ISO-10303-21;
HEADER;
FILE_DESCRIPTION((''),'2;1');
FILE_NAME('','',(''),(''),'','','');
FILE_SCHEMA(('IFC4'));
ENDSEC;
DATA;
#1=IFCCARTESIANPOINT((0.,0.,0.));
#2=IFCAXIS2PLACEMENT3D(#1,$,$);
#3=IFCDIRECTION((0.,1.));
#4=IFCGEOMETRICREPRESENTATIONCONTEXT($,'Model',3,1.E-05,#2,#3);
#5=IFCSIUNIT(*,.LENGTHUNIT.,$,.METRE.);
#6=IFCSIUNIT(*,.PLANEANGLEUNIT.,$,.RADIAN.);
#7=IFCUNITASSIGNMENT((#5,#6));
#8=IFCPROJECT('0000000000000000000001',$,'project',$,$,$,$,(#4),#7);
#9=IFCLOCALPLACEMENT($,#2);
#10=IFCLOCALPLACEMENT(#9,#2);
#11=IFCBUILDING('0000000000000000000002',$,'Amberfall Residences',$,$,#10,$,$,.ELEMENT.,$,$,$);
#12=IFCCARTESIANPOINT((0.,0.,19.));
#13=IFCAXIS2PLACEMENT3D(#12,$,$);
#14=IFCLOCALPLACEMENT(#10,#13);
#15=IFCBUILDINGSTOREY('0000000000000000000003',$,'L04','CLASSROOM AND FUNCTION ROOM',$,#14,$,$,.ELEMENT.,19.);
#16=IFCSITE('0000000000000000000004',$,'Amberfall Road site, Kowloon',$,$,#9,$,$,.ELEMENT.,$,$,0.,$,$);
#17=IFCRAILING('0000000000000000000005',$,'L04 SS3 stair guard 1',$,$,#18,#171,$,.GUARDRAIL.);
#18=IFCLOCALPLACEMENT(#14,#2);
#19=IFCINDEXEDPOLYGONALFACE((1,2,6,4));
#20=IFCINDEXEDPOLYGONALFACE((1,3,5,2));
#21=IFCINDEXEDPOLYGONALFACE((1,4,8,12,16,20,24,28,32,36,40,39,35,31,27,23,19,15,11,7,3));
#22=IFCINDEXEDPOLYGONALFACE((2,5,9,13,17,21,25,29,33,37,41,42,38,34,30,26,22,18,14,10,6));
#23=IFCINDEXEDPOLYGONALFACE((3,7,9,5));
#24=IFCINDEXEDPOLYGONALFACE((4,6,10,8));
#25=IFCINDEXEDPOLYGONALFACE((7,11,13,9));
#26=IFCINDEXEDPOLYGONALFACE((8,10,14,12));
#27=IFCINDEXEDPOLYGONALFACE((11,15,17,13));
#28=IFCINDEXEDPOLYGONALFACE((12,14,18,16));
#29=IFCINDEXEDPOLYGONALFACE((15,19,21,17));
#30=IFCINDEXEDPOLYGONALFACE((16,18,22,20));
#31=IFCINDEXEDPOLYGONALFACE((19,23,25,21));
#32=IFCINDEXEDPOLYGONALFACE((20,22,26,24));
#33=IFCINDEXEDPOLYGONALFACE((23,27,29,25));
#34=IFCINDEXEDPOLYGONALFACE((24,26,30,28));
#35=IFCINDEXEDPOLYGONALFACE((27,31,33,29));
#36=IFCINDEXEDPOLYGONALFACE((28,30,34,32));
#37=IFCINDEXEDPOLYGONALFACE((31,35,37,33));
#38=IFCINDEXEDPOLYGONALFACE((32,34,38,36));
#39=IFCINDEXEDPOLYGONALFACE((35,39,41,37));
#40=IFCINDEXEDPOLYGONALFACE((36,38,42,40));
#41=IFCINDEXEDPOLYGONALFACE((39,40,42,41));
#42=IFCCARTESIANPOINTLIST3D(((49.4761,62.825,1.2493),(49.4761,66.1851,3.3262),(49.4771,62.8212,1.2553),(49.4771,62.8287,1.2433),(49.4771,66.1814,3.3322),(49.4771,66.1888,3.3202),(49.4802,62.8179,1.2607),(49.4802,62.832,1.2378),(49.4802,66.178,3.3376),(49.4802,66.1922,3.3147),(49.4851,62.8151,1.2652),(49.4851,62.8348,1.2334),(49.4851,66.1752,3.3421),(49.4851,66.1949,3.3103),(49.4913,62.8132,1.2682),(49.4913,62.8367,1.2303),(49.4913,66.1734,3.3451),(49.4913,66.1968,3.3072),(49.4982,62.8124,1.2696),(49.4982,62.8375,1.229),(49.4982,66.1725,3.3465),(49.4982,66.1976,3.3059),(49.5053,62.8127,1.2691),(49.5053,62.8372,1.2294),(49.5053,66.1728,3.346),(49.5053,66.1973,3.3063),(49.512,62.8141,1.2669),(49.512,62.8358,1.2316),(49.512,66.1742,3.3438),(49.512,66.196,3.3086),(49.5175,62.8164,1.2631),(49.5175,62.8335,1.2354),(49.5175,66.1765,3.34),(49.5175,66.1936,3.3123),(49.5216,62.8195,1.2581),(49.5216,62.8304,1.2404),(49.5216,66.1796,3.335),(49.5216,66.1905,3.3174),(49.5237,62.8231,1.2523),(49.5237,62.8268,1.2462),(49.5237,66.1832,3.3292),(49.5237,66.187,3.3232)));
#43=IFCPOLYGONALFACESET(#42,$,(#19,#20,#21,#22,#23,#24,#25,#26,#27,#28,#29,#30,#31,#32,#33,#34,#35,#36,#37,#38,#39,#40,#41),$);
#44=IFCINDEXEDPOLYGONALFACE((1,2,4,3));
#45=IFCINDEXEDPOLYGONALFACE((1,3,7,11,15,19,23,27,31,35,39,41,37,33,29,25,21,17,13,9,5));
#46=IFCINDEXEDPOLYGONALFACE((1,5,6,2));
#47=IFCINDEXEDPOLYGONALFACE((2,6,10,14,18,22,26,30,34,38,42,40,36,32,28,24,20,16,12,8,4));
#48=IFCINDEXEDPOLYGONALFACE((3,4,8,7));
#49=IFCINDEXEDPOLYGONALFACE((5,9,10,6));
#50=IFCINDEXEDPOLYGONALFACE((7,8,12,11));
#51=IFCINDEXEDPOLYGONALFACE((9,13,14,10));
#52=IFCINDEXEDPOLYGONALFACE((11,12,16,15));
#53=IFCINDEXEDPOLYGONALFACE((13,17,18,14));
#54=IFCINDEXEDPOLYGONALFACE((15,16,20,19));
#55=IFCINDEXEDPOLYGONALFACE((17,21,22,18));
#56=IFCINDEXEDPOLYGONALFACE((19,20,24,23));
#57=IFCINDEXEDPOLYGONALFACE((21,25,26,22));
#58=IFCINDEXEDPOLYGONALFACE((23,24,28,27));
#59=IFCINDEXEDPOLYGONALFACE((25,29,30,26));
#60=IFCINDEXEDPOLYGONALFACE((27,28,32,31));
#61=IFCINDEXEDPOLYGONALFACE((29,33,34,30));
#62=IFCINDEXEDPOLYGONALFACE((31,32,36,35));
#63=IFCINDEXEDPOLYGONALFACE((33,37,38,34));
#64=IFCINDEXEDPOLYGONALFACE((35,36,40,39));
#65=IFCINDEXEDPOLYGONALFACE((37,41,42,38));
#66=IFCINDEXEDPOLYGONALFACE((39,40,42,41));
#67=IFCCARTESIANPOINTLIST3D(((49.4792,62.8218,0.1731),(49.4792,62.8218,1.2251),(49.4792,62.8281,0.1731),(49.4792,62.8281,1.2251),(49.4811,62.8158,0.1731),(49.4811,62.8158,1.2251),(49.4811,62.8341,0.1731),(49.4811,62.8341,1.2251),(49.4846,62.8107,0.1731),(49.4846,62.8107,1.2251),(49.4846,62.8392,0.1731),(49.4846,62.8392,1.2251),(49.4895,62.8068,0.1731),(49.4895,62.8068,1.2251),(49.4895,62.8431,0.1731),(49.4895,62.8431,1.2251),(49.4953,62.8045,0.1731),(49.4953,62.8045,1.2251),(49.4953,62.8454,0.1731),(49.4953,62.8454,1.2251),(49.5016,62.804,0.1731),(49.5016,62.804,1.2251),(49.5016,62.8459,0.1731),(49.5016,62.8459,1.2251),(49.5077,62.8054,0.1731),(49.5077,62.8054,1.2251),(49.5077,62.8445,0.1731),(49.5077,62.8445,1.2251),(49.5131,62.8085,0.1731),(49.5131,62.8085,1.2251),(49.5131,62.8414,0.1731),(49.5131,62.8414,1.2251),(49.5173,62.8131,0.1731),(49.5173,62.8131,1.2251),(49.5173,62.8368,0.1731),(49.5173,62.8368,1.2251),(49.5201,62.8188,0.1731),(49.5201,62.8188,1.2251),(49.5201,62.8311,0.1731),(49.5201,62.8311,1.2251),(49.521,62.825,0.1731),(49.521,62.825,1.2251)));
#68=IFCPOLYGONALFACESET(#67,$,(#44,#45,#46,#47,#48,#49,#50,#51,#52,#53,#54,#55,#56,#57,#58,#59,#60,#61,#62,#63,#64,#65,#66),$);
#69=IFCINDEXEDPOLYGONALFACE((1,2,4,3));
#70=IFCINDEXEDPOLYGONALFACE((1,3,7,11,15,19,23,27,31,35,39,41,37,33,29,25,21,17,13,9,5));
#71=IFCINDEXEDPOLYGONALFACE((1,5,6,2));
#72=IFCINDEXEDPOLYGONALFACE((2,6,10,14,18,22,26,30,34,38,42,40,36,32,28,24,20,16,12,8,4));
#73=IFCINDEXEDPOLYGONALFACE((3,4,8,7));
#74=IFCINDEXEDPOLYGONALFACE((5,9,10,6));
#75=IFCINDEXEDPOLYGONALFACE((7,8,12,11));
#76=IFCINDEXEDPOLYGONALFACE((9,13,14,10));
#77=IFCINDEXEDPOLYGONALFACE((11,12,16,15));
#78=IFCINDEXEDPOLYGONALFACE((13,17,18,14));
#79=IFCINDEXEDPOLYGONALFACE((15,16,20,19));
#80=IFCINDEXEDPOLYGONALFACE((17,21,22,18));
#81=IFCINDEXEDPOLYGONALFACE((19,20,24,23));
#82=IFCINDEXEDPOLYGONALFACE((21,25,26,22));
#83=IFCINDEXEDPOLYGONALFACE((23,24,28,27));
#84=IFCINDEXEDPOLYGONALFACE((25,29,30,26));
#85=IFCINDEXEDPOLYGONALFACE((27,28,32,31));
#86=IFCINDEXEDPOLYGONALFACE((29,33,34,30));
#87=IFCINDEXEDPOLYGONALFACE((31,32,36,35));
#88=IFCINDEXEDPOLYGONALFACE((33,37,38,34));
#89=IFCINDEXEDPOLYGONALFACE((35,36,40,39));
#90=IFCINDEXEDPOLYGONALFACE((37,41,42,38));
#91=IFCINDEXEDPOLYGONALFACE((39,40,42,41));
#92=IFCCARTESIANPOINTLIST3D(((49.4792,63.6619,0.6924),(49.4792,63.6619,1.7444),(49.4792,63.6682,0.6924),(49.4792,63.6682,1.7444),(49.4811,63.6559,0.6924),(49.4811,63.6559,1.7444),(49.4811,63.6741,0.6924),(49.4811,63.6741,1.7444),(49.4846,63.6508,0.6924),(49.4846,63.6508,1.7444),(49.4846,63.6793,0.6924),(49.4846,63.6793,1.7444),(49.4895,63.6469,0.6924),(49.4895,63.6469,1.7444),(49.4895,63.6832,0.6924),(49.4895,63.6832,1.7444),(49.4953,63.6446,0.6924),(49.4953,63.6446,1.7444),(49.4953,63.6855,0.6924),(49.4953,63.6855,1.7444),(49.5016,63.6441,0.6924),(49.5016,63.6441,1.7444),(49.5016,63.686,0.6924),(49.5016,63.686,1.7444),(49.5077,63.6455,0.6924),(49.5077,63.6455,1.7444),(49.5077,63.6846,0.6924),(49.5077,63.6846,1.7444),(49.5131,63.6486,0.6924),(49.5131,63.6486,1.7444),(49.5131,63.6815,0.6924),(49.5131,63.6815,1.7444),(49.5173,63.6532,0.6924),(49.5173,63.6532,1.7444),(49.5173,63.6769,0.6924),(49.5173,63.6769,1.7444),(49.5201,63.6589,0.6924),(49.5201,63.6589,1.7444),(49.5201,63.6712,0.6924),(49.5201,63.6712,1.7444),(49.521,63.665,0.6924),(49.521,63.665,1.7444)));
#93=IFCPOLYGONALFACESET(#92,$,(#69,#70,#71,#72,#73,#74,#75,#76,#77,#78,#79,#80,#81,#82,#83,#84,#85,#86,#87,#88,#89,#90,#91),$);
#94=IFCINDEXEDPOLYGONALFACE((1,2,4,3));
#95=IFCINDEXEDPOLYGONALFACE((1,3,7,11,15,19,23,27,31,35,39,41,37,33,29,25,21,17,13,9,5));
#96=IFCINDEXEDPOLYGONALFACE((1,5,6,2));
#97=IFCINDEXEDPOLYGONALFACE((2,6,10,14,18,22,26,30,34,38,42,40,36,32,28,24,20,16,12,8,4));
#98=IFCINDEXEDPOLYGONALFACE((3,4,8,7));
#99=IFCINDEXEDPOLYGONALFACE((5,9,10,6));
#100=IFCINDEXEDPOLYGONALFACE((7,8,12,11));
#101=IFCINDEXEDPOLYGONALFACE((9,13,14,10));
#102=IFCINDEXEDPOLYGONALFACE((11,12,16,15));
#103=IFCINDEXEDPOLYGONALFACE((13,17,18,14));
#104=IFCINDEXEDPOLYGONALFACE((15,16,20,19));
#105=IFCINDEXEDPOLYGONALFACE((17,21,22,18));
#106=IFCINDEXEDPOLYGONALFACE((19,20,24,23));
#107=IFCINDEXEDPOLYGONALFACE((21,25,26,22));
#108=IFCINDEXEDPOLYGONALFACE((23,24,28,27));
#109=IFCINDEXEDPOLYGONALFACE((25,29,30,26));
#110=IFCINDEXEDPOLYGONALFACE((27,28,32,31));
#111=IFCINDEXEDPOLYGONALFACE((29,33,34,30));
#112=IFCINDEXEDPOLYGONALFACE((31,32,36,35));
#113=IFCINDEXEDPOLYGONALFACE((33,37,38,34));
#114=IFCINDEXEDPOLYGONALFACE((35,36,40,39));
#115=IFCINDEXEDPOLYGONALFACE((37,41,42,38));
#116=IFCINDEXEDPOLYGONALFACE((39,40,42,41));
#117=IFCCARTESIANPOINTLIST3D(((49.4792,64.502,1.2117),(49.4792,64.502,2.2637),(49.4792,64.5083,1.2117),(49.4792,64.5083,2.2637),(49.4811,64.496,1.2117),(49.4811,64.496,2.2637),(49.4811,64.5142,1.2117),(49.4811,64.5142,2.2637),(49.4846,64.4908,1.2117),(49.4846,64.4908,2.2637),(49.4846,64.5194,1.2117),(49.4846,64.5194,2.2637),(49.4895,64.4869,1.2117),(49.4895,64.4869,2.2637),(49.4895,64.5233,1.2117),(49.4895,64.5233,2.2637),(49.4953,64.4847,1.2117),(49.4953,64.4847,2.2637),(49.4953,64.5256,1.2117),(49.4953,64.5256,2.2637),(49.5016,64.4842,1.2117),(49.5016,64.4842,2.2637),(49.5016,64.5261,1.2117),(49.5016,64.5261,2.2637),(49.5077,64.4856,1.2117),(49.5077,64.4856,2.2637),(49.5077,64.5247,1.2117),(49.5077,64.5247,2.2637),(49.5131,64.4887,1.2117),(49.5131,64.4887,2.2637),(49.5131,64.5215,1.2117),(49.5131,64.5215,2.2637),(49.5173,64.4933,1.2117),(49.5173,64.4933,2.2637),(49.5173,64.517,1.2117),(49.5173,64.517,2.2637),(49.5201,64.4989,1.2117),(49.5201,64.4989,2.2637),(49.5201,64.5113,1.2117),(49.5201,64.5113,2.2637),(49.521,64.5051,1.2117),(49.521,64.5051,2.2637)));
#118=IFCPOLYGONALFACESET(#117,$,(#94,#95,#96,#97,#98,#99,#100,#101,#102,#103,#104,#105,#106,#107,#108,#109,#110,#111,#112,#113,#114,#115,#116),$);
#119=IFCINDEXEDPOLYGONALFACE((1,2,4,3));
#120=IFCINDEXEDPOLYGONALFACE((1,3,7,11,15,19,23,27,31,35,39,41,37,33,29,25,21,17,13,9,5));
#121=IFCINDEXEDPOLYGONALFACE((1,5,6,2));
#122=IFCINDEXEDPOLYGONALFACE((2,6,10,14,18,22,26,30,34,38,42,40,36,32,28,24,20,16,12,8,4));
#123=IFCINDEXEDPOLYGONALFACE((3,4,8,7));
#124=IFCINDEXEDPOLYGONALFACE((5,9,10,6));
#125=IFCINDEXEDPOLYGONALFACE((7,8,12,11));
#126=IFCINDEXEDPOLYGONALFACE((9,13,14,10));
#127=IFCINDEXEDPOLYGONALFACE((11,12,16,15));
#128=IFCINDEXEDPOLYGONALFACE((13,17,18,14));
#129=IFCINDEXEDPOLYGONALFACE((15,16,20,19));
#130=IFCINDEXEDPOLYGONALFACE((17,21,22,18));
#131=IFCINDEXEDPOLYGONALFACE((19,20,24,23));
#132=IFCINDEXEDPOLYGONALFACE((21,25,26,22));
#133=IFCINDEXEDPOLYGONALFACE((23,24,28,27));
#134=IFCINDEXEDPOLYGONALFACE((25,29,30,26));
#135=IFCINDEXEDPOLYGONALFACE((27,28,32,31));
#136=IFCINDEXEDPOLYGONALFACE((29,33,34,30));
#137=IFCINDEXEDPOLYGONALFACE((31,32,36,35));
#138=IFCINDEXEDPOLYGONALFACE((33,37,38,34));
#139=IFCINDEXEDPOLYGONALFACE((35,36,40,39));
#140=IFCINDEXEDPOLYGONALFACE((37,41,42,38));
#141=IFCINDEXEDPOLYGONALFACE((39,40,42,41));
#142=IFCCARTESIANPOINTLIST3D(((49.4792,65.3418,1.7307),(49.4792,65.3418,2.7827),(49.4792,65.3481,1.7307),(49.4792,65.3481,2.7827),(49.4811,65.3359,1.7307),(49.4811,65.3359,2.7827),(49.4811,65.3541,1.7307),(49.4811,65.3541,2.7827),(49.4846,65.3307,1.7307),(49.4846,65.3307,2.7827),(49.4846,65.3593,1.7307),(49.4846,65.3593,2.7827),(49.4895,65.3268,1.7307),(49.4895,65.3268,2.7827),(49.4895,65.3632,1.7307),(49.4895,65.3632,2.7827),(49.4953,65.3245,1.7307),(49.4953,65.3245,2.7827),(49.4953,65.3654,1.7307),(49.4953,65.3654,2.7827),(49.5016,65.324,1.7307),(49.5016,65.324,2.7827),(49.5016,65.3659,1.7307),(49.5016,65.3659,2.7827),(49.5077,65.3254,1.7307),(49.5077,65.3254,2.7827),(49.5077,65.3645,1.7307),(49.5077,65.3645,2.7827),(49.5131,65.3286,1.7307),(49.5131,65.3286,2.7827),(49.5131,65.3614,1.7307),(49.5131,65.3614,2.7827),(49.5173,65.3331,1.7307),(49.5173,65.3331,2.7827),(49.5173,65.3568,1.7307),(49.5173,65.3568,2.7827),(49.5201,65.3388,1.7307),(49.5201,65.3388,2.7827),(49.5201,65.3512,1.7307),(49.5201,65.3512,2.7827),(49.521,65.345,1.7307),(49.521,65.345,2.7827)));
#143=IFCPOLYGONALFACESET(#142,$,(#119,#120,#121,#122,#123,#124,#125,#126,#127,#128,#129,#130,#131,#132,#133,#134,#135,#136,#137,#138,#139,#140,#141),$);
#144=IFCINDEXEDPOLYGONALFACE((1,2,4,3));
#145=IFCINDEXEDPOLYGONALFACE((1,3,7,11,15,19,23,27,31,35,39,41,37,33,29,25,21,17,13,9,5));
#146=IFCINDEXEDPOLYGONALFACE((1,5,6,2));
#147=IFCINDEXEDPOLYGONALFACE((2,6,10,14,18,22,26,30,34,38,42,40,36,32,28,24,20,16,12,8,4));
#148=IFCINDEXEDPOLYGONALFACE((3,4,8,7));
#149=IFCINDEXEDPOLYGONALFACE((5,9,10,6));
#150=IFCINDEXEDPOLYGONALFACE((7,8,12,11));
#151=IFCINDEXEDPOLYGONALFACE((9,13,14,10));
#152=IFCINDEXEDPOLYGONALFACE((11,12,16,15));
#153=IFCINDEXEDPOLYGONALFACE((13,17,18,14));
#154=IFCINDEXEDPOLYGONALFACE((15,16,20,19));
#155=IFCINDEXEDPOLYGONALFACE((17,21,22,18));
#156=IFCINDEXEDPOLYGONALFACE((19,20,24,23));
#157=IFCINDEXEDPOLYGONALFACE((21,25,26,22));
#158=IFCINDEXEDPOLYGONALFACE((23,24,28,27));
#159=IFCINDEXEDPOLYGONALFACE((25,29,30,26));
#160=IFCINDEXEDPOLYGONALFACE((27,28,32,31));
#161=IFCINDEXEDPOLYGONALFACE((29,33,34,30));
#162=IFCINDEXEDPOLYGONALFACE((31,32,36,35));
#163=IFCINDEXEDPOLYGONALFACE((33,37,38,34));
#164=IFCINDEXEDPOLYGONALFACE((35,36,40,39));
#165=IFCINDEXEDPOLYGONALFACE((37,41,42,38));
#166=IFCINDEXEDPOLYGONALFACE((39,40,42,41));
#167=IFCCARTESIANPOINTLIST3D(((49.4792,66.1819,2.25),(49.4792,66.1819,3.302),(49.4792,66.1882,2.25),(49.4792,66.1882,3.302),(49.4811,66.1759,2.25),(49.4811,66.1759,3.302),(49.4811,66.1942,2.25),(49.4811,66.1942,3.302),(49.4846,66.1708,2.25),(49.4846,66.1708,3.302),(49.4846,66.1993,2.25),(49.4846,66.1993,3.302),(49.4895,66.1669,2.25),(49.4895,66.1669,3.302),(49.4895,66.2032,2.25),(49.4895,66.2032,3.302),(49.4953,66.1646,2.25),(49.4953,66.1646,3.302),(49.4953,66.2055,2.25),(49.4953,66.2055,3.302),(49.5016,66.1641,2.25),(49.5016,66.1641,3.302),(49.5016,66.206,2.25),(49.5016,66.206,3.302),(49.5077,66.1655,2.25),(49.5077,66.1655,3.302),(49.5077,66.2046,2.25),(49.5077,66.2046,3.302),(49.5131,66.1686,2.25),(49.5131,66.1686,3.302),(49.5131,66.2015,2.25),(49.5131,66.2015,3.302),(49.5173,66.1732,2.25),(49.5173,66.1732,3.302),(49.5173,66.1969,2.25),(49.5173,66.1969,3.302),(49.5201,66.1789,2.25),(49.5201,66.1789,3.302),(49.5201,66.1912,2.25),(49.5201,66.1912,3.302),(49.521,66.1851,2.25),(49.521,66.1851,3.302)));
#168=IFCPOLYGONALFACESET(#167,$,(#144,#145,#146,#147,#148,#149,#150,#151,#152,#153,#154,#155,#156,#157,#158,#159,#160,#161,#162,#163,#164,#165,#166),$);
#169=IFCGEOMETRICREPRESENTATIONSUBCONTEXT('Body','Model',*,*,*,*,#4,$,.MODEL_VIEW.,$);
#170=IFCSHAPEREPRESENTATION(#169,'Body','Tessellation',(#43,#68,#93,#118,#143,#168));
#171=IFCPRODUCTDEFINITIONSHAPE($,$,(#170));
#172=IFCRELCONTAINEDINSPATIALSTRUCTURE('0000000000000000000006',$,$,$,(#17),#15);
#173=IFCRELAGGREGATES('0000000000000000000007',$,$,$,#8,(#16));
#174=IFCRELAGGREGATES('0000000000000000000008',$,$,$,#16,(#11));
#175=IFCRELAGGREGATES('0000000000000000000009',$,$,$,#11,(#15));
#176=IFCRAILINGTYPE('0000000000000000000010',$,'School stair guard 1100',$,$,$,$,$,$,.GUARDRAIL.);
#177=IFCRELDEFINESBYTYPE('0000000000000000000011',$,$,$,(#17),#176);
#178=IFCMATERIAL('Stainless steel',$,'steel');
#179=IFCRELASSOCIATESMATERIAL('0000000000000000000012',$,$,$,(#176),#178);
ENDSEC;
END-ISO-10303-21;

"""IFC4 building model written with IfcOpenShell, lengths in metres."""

from ifc_helpers import new_model, si_unit, direction, frame, origin, origin_2d, place, context, subcontext, project, spatial, circle, extrude, material, type_object, element, save


model = new_model("IFC4")

# Units and contexts
model_context = context("Model", 3, precision=1e-05, world=origin(), true_north=direction((0.0, 1.0)))
body_context = subcontext(model_context, "Body", "Model", "MODEL_VIEW")
ifc_project = project(units=[si_unit("LENGTHUNIT", "METRE"), si_unit("PLANEANGLEUNIT", "RADIAN")], contexts=[model_context])

# Site, building, storey
site_placement = place(None, origin())
site = spatial("IfcSite", under=ifc_project, at=site_placement, Name="Amberfall Road site, Kowloon", CompositionType="ELEMENT", RefElevation=0.0)
building_placement = place(site_placement, origin())
building = spatial("IfcBuilding", under=site, at=building_placement, Name="Amberfall Residences", CompositionType="ELEMENT")
storey_placement = place(building_placement, frame((0.0, 0.0, 19.0)))
storey = spatial("IfcBuildingStorey", under=building, at=storey_placement, Name="L04", Description="CLASSROOM AND FUNCTION ROOM", CompositionType="ELEMENT", Elevation=19.0)

# Railing
ifc_material_1 = material(Name="Stainless steel", Category="steel")
railing_type_1 = type_object("IfcRailingType", Name="School stair guard 1100", PredefinedType="GUARDRAIL", material=ifc_material_1)
railing_1_placement = place(storey_placement, frame((49.5, 62.825, 0.1731)))
element("IfcRailing", 1, at=railing_1_placement, inside=storey, type_object=railing_type_1, Name="L04 SS3 stair guard 1", PredefinedType="GUARDRAIL", context=body_context, shape_type="SweptSolid", body=[
    extrude(circle(Radius=0.0239, at=origin_2d()), frame((0.0, 0.0, 1.0762), z_axis=(0.0, 0.850623, 0.525776), x_axis=(-1.0, 0.0, 0.0)), (0.0, 0.0, 1.0), 3.9502),
    extrude(circle(Radius=0.021, at=origin_2d()), origin(), (0.0, 0.0, 1.0), 1.052),
    extrude(circle(Radius=0.021, at=origin_2d()), frame((0.0, 0.8401, 0.5193)), (0.0, 0.0, 1.0), 1.052),
    extrude(circle(Radius=0.021, at=origin_2d()), frame((0.0, 1.6802, 1.0386)), (0.0, 0.0, 1.0), 1.052),
    extrude(circle(Radius=0.021, at=origin_2d()), frame((0.0, 2.52, 1.5576)), (0.0, 0.0, 1.0), 1.052),
    extrude(circle(Radius=0.021, at=origin_2d()), frame((0.0, 3.3601, 2.0769)), (0.0, 0.0, 1.0), 1.052),
])

save(model, "model.ifc")
